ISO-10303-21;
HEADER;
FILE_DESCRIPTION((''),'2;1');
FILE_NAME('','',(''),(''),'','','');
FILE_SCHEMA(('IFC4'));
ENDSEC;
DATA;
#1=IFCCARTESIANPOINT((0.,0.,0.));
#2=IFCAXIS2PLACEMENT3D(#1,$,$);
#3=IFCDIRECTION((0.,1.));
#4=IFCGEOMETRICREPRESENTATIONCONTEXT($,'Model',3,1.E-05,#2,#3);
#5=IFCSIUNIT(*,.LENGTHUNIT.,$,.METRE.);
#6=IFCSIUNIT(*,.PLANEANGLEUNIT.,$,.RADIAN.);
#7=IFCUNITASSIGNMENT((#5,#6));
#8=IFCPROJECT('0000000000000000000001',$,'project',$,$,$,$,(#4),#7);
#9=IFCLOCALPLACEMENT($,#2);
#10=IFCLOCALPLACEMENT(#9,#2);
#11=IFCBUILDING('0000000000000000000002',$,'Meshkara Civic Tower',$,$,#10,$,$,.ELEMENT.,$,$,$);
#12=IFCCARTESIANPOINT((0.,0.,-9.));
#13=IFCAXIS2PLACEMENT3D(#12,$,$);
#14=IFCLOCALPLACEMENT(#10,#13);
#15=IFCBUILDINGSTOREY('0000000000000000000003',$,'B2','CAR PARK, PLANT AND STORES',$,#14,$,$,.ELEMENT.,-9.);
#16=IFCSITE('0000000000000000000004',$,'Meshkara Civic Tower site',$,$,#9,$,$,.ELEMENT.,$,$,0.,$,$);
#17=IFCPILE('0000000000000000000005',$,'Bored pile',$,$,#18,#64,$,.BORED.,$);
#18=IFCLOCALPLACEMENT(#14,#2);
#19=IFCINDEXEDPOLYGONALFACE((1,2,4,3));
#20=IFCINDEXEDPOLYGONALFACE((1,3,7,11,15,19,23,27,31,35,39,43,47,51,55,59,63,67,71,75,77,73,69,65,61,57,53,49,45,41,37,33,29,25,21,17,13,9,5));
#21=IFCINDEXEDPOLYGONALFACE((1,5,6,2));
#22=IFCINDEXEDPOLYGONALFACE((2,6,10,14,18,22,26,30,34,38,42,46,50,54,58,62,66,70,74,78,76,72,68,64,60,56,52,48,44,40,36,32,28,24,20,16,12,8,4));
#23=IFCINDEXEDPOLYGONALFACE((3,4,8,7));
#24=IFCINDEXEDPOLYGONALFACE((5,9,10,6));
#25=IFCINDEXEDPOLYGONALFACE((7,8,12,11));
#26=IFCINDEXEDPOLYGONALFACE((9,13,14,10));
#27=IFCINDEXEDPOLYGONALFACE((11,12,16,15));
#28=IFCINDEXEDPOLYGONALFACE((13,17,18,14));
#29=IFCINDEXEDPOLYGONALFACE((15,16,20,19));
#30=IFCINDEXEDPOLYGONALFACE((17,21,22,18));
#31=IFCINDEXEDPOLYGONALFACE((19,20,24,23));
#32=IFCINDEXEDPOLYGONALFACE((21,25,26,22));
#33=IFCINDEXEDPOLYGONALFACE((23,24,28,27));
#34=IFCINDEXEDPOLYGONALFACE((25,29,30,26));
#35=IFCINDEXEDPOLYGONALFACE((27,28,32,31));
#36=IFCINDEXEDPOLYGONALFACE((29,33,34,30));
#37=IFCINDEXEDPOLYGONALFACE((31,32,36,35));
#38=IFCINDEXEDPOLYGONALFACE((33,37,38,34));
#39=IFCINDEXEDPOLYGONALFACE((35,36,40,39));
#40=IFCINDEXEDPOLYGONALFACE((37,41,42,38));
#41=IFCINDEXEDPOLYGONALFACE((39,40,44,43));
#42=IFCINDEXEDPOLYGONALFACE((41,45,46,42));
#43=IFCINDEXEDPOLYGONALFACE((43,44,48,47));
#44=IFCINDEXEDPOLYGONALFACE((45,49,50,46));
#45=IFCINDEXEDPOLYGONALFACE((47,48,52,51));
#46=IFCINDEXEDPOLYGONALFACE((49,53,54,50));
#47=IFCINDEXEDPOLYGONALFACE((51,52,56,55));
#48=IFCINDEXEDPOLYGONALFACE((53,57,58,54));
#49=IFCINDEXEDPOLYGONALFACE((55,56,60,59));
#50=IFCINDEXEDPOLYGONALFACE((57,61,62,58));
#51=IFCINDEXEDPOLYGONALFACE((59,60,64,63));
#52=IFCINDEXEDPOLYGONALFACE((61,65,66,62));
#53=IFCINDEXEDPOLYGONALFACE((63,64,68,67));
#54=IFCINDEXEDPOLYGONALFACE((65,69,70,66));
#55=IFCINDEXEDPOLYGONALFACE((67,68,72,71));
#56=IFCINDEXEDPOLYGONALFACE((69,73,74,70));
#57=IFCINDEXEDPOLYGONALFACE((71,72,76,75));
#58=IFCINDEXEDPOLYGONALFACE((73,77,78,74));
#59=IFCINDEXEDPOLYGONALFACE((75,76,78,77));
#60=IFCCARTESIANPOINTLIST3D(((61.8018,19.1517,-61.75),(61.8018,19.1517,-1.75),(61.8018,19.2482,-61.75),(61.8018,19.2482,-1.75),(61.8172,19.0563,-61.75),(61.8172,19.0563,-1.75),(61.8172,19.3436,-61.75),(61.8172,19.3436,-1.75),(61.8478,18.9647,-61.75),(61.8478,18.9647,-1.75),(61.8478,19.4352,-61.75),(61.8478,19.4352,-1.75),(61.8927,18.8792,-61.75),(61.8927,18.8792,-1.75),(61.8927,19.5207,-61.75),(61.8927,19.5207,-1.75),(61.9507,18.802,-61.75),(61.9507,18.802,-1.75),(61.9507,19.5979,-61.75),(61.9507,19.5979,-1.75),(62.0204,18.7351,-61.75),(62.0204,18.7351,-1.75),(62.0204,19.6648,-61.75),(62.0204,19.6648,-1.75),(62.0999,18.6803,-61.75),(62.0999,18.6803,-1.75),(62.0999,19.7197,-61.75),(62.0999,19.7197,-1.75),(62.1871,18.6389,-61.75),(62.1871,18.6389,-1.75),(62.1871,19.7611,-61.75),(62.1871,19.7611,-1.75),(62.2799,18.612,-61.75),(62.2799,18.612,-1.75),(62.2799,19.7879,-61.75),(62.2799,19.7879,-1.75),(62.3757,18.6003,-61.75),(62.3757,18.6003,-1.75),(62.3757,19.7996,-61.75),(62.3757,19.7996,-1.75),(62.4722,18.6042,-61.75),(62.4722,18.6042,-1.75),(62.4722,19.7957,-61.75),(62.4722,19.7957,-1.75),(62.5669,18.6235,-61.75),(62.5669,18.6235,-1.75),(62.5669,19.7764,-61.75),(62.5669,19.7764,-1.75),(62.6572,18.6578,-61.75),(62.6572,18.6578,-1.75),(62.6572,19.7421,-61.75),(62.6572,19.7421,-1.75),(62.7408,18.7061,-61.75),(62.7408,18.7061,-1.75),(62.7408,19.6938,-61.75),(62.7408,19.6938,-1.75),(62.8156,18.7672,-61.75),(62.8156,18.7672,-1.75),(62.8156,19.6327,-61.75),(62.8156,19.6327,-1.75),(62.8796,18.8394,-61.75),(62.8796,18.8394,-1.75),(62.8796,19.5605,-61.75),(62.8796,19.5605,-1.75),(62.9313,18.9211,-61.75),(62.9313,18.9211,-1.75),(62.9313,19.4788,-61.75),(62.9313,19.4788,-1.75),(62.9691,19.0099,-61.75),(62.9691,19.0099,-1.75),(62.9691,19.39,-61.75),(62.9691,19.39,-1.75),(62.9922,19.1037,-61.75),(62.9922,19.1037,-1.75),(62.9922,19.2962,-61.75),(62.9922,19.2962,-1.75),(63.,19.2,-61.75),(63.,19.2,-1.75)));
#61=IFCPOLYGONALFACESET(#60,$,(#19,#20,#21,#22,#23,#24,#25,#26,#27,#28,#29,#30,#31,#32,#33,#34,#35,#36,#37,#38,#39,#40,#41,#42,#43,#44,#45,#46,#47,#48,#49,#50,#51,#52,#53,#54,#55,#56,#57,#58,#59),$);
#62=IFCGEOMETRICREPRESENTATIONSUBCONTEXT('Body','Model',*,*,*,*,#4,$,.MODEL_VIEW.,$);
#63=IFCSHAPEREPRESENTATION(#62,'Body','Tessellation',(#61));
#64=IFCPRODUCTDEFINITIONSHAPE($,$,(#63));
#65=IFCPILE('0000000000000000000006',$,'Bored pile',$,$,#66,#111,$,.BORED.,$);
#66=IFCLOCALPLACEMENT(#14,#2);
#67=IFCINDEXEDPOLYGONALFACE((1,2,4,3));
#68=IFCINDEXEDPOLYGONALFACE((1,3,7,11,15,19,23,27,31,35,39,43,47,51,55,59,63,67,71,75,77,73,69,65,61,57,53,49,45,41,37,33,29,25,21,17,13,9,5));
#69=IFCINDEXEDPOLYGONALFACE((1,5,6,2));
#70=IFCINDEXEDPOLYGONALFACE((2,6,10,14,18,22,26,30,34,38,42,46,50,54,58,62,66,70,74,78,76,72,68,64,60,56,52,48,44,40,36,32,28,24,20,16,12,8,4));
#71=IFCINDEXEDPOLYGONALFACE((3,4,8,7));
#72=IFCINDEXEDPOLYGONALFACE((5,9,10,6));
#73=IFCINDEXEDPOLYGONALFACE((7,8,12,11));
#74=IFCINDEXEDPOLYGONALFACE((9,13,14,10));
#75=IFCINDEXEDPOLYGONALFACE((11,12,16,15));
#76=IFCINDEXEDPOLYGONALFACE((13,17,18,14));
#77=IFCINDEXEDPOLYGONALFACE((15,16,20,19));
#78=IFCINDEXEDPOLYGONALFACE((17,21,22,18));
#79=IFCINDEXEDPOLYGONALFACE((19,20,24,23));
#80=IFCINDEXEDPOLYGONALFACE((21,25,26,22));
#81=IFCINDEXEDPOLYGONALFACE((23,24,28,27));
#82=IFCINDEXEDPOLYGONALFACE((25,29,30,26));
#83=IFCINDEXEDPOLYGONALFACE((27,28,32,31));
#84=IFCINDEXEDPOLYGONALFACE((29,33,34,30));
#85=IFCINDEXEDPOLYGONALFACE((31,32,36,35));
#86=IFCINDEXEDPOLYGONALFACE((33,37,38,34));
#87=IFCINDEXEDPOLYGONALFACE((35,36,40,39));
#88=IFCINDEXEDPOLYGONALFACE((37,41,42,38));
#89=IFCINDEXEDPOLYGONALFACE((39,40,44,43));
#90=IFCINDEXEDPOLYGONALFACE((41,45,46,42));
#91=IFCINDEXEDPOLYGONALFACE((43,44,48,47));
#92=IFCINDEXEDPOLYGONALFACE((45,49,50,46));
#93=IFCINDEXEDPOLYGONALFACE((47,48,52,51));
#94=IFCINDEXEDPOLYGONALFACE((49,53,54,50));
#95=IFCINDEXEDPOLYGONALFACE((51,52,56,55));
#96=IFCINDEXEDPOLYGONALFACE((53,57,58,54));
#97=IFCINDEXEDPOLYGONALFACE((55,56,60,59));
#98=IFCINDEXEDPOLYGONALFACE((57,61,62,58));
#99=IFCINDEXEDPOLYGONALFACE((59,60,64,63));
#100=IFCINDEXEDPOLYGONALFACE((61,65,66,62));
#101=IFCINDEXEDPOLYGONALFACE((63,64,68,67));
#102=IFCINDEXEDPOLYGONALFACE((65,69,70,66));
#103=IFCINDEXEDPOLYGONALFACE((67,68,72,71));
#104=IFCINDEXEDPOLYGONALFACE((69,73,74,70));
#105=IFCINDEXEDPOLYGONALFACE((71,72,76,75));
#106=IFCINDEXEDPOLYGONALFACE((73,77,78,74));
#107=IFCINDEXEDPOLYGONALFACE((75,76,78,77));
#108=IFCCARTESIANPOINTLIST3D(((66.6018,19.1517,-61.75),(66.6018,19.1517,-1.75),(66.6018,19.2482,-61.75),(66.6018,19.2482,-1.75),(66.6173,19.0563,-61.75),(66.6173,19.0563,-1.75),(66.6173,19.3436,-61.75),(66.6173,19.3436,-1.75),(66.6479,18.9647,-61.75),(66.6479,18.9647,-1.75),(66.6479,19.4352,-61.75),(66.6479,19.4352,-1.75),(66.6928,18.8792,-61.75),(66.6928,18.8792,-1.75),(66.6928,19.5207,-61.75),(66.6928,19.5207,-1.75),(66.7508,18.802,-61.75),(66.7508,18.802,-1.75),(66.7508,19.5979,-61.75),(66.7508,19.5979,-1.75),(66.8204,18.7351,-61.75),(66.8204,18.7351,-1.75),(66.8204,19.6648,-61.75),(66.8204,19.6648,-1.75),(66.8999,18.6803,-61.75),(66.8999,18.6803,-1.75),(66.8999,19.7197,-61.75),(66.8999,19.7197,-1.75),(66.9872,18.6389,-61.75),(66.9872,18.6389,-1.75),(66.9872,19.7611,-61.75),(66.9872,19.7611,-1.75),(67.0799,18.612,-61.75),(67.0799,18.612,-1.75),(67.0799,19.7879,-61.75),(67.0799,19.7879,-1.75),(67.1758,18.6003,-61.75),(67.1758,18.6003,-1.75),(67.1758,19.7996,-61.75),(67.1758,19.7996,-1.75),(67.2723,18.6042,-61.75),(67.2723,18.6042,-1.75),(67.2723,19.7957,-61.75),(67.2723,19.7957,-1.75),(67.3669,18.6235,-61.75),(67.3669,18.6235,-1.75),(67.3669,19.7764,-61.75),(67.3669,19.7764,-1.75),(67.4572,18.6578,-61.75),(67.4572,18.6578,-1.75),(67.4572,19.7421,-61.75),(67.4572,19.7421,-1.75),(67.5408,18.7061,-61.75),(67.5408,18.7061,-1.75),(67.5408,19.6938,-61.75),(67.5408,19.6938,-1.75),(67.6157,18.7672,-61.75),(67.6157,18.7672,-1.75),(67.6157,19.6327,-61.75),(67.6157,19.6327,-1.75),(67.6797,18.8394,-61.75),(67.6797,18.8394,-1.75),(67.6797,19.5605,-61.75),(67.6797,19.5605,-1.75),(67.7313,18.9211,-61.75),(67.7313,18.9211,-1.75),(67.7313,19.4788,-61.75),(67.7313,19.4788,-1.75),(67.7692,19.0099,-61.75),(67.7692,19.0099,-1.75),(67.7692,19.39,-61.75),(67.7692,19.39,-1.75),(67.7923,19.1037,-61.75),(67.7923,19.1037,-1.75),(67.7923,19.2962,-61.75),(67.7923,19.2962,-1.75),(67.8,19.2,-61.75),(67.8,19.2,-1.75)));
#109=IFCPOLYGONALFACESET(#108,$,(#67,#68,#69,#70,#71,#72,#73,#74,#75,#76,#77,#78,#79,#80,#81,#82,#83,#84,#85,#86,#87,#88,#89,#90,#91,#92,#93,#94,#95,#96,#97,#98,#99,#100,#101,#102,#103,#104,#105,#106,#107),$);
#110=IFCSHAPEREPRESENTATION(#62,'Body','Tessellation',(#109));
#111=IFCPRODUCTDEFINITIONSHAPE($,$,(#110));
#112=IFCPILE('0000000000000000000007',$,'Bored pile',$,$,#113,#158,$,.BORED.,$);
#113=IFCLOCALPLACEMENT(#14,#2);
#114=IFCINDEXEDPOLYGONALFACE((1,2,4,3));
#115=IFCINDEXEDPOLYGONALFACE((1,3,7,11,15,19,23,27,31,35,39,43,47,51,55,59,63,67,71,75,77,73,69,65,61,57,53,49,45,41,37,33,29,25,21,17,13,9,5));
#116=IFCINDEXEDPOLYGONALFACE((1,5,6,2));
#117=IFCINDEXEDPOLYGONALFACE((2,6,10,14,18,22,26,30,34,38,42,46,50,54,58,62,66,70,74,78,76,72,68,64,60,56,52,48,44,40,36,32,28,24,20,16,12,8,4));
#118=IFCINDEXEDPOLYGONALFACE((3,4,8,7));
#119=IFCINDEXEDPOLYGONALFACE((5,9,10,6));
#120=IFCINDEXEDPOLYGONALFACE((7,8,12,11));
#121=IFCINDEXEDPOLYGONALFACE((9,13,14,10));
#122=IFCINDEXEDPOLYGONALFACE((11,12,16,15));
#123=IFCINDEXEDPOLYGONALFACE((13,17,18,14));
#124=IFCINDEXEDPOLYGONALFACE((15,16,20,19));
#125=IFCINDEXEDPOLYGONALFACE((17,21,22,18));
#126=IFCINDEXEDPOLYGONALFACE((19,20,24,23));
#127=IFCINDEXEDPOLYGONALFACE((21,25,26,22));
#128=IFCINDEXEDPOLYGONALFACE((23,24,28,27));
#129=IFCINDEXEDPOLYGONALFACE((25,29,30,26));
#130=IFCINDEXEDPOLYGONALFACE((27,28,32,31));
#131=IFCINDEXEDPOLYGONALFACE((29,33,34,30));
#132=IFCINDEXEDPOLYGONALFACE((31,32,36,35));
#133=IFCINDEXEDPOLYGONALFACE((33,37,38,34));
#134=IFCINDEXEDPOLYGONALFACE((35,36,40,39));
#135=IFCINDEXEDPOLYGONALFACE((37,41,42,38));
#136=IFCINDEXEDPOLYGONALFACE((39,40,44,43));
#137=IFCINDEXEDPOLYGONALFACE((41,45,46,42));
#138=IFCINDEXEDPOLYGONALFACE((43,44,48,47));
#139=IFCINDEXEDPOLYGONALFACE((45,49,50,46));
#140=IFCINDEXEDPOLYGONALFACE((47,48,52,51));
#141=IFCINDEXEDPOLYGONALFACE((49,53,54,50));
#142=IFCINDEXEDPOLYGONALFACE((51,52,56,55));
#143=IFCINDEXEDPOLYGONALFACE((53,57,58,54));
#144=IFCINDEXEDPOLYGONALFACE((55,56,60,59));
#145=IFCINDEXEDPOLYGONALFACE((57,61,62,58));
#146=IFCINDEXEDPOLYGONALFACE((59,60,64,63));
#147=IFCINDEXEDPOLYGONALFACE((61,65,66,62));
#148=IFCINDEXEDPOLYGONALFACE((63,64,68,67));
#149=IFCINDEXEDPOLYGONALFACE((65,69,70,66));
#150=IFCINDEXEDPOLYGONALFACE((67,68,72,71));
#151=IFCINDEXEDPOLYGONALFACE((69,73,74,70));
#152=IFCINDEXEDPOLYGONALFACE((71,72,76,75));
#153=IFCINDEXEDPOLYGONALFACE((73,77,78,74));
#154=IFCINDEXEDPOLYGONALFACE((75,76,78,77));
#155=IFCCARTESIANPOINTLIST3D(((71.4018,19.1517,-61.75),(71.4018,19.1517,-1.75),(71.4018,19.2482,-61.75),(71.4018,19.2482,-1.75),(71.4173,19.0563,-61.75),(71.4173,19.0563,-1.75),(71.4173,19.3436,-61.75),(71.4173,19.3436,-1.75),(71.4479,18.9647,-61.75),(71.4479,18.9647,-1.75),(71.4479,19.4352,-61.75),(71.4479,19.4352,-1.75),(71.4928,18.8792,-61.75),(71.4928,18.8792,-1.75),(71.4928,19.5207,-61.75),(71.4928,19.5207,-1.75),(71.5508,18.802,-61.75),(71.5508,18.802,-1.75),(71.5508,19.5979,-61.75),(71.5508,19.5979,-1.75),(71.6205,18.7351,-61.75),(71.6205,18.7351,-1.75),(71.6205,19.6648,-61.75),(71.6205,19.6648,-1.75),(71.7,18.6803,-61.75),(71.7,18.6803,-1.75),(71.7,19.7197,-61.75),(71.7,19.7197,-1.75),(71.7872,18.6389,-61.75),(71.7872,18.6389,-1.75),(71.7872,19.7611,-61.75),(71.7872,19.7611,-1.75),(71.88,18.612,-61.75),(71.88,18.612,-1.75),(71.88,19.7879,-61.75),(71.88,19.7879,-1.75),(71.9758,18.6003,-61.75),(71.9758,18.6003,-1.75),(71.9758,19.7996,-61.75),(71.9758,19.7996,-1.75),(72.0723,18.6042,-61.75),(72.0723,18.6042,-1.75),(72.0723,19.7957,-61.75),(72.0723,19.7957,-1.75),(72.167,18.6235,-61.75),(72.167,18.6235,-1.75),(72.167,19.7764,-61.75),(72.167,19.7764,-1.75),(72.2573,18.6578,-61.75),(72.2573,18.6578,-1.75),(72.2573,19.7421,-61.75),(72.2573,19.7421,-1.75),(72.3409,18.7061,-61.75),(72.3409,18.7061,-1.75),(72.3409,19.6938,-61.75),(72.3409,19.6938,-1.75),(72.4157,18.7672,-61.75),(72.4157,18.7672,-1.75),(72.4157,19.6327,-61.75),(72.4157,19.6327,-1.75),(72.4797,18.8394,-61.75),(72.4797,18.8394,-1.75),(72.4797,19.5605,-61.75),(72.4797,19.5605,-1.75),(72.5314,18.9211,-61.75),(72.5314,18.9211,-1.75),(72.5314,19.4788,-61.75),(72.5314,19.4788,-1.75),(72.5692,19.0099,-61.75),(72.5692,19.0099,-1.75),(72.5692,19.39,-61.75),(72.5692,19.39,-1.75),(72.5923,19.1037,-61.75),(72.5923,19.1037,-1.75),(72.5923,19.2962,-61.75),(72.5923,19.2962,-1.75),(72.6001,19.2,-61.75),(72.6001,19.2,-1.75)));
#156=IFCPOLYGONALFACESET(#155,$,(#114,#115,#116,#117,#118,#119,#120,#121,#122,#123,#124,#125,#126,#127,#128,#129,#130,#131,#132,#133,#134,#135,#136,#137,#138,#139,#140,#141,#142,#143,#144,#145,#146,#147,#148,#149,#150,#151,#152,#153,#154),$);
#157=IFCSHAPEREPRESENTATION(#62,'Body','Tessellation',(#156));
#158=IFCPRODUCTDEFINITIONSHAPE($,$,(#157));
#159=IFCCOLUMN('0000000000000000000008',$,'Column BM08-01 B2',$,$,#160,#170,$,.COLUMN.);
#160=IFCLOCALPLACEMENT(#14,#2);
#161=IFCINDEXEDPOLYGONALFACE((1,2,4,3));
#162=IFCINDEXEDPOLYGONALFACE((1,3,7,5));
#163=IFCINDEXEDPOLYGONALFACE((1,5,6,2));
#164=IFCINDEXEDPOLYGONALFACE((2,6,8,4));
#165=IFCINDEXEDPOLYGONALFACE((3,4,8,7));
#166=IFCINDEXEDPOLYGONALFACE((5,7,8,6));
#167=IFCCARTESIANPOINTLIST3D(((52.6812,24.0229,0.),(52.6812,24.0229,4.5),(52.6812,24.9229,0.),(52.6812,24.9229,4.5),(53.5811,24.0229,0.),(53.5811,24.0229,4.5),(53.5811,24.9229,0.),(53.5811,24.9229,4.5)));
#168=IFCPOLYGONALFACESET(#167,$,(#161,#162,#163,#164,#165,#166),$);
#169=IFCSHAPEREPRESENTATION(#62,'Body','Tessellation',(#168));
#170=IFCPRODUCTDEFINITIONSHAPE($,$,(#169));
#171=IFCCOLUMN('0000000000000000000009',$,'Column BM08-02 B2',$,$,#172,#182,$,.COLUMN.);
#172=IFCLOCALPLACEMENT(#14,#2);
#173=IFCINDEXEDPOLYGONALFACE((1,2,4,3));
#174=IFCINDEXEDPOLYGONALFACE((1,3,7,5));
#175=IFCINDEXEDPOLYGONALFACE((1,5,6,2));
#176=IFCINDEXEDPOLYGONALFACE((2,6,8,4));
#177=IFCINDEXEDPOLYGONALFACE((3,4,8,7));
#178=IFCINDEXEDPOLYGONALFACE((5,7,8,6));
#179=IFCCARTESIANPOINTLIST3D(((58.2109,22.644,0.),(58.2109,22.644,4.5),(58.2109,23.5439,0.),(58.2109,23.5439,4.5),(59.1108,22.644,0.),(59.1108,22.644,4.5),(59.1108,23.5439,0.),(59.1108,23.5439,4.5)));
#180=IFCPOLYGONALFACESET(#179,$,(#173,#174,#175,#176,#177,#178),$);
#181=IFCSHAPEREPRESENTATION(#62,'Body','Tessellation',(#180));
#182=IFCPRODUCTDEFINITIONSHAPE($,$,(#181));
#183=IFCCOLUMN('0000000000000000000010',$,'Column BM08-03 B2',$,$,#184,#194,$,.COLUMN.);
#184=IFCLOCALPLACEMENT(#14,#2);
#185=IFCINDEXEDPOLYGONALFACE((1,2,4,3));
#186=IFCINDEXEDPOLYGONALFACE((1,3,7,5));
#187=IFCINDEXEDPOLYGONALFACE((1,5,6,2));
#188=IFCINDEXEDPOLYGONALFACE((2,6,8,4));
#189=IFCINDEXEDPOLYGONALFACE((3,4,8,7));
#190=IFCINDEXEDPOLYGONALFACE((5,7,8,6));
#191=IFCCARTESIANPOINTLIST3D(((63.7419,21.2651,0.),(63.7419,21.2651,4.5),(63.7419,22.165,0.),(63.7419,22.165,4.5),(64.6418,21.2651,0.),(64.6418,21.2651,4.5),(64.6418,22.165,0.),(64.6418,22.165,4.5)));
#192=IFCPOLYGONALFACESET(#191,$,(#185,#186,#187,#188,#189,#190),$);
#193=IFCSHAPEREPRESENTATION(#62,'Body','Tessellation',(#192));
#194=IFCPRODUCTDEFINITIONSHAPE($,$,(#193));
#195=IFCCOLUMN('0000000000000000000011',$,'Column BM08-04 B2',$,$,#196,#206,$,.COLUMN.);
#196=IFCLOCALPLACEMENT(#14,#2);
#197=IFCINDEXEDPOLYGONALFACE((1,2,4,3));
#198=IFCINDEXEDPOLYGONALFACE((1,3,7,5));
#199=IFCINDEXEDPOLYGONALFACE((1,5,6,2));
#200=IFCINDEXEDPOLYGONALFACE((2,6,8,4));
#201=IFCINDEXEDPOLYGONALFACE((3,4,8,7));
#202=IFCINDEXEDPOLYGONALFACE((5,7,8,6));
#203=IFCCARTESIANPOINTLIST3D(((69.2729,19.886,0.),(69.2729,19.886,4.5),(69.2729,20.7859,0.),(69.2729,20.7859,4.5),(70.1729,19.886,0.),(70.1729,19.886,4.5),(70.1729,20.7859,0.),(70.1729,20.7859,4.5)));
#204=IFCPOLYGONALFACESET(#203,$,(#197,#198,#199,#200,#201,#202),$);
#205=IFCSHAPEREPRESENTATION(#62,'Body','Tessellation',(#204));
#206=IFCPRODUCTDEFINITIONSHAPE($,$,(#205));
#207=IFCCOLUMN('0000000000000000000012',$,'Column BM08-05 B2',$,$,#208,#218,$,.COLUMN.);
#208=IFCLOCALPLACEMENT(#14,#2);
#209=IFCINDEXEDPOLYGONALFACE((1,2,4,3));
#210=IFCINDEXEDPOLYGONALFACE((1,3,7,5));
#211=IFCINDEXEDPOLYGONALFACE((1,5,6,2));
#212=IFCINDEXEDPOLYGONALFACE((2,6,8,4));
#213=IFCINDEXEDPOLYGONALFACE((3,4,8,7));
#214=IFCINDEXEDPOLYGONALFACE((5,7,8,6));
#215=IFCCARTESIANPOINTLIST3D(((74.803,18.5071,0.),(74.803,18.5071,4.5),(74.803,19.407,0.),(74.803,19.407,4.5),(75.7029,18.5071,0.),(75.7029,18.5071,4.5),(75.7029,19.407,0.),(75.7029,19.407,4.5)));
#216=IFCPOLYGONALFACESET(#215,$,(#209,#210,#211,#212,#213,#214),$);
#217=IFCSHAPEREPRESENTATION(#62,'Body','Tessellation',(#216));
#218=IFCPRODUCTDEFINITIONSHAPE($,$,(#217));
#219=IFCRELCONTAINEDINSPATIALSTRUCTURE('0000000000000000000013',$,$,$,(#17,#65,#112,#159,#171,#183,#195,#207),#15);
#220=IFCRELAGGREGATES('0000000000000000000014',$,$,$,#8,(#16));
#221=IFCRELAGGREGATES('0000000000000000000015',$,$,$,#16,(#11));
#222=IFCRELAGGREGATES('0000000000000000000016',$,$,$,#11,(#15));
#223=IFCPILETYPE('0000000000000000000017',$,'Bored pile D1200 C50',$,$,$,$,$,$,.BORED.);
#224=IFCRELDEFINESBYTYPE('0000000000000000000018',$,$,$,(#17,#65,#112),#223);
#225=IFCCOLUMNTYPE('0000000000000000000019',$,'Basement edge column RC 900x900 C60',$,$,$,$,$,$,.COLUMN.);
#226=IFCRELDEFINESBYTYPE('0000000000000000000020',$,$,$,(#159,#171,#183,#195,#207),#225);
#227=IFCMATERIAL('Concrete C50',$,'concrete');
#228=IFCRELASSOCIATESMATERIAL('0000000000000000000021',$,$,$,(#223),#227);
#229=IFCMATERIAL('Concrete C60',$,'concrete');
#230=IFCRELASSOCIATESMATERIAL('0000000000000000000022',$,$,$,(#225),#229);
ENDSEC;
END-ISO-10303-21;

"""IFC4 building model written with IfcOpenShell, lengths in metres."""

from ifc_helpers import new_model, si_unit, direction, frame, origin, origin_2d, place, context, subcontext, project, spatial, rectangle, circle, extrude, material, material_profile, profile_set, type_object, element, save


model = new_model("IFC4")

# Units and contexts
model_context = context("Model", 3, precision=1e-05, world=origin(), true_north=direction((0.0, 1.0)))
body_context = subcontext(model_context, "Body", "Model", "MODEL_VIEW")
ifc_project = project(units=[si_unit("LENGTHUNIT", "METRE"), si_unit("PLANEANGLEUNIT", "RADIAN")], contexts=[model_context])

# Site, building, storey
site_placement = place(None, origin())
site = spatial("IfcSite", under=ifc_project, at=site_placement, Name="Meshkara Civic Tower site", CompositionType="ELEMENT", RefElevation=0.0)
building_placement = place(site_placement, origin())
building = spatial("IfcBuilding", under=site, at=building_placement, Name="Meshkara Civic Tower", CompositionType="ELEMENT")
storey_placement = place(building_placement, frame((0.0, 0.0, -9.0)))
storey = spatial("IfcBuildingStorey", under=building, at=storey_placement, Name="B2", Description="CAR PARK, PLANT AND STORES", CompositionType="ELEMENT", Elevation=-9.0)

# Piles
ifc_material_1 = material(Name="Concrete C50", Category="concrete")
ifc_material_profile_1 = material_profile(ifc_material_1, circle(Radius=0.6001, at=origin_2d()))
ifc_profile_set_1 = profile_set([ifc_material_profile_1], Name="Concrete C50")
pile_type = type_object("IfcPileType", Name="Bored pile D1200 C50", PredefinedType="BORED", material=ifc_profile_set_1)
for number, where, z_axis, x_axis, name in (
    (1, (62.3999, 19.2, -1.75), (0.0, 0.0, -1.0), (1.0, 0.0, 0.0), "Bored pile"),
    (2, (67.2, 19.2, -1.75), (0.0, 0.0, -1.0), (1.0, 0.0, 0.0), "Bored pile"),
    (3, (72.0, 19.2, -1.75), (0.0, 0.0, -1.0), (1.0, 0.0, 0.0), "Bored pile"),
):
    element("IfcPile", number, at=place(storey_placement, frame(where, z_axis=z_axis, x_axis=x_axis)), inside=storey, type_object=pile_type, Name=name, PredefinedType="BORED", context=body_context, shape_type="SweptSolid", body=[
        extrude(circle(Radius=0.6001, at=origin_2d()), origin(), (0.0, 0.0, 1.0), 60.0),
    ])

# Columns
ifc_material_2 = material(Name="Concrete C60", Category="concrete")
ifc_material_profile_2 = material_profile(ifc_material_2, rectangle(XDim=0.8999, YDim=0.8999, at=origin_2d()))
ifc_profile_set_2 = profile_set([ifc_material_profile_2], Name="Concrete C60")
column_type_1 = type_object("IfcColumnType", Name="Basement edge column RC 900x900 C60", PredefinedType="COLUMN", material=ifc_profile_set_2)
for number, where, z_axis, x_axis, name in (
    (4, (53.1311, 24.4729, 0.0), (0.0, 0.0, 1.0), (1.0, 0.0, 0.0), "Column BM08-01 B2"),
    (5, (58.6609, 23.094, 0.0), (0.0, 0.0, 1.0), (1.0, 0.0, 0.0), "Column BM08-02 B2"),
    (6, (64.1919, 21.7151, 0.0), (0.0, 0.0, 1.0), (1.0, 0.0, 0.0), "Column BM08-03 B2"),
    (7, (69.7229, 20.3359, 0.0), (0.0, 0.0, 1.0), (1.0, 0.0, 0.0), "Column BM08-04 B2"),
    (8, (75.2529, 18.957, 0.0), (0.0, 0.0, 1.0), (1.0, 0.0, 0.0), "Column BM08-05 B2"),
):
    element("IfcColumn", number, at=place(storey_placement, frame(where, z_axis=z_axis, x_axis=x_axis)), inside=storey, type_object=column_type_1, Name=name, PredefinedType="COLUMN", context=body_context, shape_type="SweptSolid", body=[
        extrude(rectangle(XDim=0.8999, YDim=0.8999, at=origin_2d()), origin(), (0.0, 0.0, 1.0), 4.5),
    ])

save(model, "model.ifc")
